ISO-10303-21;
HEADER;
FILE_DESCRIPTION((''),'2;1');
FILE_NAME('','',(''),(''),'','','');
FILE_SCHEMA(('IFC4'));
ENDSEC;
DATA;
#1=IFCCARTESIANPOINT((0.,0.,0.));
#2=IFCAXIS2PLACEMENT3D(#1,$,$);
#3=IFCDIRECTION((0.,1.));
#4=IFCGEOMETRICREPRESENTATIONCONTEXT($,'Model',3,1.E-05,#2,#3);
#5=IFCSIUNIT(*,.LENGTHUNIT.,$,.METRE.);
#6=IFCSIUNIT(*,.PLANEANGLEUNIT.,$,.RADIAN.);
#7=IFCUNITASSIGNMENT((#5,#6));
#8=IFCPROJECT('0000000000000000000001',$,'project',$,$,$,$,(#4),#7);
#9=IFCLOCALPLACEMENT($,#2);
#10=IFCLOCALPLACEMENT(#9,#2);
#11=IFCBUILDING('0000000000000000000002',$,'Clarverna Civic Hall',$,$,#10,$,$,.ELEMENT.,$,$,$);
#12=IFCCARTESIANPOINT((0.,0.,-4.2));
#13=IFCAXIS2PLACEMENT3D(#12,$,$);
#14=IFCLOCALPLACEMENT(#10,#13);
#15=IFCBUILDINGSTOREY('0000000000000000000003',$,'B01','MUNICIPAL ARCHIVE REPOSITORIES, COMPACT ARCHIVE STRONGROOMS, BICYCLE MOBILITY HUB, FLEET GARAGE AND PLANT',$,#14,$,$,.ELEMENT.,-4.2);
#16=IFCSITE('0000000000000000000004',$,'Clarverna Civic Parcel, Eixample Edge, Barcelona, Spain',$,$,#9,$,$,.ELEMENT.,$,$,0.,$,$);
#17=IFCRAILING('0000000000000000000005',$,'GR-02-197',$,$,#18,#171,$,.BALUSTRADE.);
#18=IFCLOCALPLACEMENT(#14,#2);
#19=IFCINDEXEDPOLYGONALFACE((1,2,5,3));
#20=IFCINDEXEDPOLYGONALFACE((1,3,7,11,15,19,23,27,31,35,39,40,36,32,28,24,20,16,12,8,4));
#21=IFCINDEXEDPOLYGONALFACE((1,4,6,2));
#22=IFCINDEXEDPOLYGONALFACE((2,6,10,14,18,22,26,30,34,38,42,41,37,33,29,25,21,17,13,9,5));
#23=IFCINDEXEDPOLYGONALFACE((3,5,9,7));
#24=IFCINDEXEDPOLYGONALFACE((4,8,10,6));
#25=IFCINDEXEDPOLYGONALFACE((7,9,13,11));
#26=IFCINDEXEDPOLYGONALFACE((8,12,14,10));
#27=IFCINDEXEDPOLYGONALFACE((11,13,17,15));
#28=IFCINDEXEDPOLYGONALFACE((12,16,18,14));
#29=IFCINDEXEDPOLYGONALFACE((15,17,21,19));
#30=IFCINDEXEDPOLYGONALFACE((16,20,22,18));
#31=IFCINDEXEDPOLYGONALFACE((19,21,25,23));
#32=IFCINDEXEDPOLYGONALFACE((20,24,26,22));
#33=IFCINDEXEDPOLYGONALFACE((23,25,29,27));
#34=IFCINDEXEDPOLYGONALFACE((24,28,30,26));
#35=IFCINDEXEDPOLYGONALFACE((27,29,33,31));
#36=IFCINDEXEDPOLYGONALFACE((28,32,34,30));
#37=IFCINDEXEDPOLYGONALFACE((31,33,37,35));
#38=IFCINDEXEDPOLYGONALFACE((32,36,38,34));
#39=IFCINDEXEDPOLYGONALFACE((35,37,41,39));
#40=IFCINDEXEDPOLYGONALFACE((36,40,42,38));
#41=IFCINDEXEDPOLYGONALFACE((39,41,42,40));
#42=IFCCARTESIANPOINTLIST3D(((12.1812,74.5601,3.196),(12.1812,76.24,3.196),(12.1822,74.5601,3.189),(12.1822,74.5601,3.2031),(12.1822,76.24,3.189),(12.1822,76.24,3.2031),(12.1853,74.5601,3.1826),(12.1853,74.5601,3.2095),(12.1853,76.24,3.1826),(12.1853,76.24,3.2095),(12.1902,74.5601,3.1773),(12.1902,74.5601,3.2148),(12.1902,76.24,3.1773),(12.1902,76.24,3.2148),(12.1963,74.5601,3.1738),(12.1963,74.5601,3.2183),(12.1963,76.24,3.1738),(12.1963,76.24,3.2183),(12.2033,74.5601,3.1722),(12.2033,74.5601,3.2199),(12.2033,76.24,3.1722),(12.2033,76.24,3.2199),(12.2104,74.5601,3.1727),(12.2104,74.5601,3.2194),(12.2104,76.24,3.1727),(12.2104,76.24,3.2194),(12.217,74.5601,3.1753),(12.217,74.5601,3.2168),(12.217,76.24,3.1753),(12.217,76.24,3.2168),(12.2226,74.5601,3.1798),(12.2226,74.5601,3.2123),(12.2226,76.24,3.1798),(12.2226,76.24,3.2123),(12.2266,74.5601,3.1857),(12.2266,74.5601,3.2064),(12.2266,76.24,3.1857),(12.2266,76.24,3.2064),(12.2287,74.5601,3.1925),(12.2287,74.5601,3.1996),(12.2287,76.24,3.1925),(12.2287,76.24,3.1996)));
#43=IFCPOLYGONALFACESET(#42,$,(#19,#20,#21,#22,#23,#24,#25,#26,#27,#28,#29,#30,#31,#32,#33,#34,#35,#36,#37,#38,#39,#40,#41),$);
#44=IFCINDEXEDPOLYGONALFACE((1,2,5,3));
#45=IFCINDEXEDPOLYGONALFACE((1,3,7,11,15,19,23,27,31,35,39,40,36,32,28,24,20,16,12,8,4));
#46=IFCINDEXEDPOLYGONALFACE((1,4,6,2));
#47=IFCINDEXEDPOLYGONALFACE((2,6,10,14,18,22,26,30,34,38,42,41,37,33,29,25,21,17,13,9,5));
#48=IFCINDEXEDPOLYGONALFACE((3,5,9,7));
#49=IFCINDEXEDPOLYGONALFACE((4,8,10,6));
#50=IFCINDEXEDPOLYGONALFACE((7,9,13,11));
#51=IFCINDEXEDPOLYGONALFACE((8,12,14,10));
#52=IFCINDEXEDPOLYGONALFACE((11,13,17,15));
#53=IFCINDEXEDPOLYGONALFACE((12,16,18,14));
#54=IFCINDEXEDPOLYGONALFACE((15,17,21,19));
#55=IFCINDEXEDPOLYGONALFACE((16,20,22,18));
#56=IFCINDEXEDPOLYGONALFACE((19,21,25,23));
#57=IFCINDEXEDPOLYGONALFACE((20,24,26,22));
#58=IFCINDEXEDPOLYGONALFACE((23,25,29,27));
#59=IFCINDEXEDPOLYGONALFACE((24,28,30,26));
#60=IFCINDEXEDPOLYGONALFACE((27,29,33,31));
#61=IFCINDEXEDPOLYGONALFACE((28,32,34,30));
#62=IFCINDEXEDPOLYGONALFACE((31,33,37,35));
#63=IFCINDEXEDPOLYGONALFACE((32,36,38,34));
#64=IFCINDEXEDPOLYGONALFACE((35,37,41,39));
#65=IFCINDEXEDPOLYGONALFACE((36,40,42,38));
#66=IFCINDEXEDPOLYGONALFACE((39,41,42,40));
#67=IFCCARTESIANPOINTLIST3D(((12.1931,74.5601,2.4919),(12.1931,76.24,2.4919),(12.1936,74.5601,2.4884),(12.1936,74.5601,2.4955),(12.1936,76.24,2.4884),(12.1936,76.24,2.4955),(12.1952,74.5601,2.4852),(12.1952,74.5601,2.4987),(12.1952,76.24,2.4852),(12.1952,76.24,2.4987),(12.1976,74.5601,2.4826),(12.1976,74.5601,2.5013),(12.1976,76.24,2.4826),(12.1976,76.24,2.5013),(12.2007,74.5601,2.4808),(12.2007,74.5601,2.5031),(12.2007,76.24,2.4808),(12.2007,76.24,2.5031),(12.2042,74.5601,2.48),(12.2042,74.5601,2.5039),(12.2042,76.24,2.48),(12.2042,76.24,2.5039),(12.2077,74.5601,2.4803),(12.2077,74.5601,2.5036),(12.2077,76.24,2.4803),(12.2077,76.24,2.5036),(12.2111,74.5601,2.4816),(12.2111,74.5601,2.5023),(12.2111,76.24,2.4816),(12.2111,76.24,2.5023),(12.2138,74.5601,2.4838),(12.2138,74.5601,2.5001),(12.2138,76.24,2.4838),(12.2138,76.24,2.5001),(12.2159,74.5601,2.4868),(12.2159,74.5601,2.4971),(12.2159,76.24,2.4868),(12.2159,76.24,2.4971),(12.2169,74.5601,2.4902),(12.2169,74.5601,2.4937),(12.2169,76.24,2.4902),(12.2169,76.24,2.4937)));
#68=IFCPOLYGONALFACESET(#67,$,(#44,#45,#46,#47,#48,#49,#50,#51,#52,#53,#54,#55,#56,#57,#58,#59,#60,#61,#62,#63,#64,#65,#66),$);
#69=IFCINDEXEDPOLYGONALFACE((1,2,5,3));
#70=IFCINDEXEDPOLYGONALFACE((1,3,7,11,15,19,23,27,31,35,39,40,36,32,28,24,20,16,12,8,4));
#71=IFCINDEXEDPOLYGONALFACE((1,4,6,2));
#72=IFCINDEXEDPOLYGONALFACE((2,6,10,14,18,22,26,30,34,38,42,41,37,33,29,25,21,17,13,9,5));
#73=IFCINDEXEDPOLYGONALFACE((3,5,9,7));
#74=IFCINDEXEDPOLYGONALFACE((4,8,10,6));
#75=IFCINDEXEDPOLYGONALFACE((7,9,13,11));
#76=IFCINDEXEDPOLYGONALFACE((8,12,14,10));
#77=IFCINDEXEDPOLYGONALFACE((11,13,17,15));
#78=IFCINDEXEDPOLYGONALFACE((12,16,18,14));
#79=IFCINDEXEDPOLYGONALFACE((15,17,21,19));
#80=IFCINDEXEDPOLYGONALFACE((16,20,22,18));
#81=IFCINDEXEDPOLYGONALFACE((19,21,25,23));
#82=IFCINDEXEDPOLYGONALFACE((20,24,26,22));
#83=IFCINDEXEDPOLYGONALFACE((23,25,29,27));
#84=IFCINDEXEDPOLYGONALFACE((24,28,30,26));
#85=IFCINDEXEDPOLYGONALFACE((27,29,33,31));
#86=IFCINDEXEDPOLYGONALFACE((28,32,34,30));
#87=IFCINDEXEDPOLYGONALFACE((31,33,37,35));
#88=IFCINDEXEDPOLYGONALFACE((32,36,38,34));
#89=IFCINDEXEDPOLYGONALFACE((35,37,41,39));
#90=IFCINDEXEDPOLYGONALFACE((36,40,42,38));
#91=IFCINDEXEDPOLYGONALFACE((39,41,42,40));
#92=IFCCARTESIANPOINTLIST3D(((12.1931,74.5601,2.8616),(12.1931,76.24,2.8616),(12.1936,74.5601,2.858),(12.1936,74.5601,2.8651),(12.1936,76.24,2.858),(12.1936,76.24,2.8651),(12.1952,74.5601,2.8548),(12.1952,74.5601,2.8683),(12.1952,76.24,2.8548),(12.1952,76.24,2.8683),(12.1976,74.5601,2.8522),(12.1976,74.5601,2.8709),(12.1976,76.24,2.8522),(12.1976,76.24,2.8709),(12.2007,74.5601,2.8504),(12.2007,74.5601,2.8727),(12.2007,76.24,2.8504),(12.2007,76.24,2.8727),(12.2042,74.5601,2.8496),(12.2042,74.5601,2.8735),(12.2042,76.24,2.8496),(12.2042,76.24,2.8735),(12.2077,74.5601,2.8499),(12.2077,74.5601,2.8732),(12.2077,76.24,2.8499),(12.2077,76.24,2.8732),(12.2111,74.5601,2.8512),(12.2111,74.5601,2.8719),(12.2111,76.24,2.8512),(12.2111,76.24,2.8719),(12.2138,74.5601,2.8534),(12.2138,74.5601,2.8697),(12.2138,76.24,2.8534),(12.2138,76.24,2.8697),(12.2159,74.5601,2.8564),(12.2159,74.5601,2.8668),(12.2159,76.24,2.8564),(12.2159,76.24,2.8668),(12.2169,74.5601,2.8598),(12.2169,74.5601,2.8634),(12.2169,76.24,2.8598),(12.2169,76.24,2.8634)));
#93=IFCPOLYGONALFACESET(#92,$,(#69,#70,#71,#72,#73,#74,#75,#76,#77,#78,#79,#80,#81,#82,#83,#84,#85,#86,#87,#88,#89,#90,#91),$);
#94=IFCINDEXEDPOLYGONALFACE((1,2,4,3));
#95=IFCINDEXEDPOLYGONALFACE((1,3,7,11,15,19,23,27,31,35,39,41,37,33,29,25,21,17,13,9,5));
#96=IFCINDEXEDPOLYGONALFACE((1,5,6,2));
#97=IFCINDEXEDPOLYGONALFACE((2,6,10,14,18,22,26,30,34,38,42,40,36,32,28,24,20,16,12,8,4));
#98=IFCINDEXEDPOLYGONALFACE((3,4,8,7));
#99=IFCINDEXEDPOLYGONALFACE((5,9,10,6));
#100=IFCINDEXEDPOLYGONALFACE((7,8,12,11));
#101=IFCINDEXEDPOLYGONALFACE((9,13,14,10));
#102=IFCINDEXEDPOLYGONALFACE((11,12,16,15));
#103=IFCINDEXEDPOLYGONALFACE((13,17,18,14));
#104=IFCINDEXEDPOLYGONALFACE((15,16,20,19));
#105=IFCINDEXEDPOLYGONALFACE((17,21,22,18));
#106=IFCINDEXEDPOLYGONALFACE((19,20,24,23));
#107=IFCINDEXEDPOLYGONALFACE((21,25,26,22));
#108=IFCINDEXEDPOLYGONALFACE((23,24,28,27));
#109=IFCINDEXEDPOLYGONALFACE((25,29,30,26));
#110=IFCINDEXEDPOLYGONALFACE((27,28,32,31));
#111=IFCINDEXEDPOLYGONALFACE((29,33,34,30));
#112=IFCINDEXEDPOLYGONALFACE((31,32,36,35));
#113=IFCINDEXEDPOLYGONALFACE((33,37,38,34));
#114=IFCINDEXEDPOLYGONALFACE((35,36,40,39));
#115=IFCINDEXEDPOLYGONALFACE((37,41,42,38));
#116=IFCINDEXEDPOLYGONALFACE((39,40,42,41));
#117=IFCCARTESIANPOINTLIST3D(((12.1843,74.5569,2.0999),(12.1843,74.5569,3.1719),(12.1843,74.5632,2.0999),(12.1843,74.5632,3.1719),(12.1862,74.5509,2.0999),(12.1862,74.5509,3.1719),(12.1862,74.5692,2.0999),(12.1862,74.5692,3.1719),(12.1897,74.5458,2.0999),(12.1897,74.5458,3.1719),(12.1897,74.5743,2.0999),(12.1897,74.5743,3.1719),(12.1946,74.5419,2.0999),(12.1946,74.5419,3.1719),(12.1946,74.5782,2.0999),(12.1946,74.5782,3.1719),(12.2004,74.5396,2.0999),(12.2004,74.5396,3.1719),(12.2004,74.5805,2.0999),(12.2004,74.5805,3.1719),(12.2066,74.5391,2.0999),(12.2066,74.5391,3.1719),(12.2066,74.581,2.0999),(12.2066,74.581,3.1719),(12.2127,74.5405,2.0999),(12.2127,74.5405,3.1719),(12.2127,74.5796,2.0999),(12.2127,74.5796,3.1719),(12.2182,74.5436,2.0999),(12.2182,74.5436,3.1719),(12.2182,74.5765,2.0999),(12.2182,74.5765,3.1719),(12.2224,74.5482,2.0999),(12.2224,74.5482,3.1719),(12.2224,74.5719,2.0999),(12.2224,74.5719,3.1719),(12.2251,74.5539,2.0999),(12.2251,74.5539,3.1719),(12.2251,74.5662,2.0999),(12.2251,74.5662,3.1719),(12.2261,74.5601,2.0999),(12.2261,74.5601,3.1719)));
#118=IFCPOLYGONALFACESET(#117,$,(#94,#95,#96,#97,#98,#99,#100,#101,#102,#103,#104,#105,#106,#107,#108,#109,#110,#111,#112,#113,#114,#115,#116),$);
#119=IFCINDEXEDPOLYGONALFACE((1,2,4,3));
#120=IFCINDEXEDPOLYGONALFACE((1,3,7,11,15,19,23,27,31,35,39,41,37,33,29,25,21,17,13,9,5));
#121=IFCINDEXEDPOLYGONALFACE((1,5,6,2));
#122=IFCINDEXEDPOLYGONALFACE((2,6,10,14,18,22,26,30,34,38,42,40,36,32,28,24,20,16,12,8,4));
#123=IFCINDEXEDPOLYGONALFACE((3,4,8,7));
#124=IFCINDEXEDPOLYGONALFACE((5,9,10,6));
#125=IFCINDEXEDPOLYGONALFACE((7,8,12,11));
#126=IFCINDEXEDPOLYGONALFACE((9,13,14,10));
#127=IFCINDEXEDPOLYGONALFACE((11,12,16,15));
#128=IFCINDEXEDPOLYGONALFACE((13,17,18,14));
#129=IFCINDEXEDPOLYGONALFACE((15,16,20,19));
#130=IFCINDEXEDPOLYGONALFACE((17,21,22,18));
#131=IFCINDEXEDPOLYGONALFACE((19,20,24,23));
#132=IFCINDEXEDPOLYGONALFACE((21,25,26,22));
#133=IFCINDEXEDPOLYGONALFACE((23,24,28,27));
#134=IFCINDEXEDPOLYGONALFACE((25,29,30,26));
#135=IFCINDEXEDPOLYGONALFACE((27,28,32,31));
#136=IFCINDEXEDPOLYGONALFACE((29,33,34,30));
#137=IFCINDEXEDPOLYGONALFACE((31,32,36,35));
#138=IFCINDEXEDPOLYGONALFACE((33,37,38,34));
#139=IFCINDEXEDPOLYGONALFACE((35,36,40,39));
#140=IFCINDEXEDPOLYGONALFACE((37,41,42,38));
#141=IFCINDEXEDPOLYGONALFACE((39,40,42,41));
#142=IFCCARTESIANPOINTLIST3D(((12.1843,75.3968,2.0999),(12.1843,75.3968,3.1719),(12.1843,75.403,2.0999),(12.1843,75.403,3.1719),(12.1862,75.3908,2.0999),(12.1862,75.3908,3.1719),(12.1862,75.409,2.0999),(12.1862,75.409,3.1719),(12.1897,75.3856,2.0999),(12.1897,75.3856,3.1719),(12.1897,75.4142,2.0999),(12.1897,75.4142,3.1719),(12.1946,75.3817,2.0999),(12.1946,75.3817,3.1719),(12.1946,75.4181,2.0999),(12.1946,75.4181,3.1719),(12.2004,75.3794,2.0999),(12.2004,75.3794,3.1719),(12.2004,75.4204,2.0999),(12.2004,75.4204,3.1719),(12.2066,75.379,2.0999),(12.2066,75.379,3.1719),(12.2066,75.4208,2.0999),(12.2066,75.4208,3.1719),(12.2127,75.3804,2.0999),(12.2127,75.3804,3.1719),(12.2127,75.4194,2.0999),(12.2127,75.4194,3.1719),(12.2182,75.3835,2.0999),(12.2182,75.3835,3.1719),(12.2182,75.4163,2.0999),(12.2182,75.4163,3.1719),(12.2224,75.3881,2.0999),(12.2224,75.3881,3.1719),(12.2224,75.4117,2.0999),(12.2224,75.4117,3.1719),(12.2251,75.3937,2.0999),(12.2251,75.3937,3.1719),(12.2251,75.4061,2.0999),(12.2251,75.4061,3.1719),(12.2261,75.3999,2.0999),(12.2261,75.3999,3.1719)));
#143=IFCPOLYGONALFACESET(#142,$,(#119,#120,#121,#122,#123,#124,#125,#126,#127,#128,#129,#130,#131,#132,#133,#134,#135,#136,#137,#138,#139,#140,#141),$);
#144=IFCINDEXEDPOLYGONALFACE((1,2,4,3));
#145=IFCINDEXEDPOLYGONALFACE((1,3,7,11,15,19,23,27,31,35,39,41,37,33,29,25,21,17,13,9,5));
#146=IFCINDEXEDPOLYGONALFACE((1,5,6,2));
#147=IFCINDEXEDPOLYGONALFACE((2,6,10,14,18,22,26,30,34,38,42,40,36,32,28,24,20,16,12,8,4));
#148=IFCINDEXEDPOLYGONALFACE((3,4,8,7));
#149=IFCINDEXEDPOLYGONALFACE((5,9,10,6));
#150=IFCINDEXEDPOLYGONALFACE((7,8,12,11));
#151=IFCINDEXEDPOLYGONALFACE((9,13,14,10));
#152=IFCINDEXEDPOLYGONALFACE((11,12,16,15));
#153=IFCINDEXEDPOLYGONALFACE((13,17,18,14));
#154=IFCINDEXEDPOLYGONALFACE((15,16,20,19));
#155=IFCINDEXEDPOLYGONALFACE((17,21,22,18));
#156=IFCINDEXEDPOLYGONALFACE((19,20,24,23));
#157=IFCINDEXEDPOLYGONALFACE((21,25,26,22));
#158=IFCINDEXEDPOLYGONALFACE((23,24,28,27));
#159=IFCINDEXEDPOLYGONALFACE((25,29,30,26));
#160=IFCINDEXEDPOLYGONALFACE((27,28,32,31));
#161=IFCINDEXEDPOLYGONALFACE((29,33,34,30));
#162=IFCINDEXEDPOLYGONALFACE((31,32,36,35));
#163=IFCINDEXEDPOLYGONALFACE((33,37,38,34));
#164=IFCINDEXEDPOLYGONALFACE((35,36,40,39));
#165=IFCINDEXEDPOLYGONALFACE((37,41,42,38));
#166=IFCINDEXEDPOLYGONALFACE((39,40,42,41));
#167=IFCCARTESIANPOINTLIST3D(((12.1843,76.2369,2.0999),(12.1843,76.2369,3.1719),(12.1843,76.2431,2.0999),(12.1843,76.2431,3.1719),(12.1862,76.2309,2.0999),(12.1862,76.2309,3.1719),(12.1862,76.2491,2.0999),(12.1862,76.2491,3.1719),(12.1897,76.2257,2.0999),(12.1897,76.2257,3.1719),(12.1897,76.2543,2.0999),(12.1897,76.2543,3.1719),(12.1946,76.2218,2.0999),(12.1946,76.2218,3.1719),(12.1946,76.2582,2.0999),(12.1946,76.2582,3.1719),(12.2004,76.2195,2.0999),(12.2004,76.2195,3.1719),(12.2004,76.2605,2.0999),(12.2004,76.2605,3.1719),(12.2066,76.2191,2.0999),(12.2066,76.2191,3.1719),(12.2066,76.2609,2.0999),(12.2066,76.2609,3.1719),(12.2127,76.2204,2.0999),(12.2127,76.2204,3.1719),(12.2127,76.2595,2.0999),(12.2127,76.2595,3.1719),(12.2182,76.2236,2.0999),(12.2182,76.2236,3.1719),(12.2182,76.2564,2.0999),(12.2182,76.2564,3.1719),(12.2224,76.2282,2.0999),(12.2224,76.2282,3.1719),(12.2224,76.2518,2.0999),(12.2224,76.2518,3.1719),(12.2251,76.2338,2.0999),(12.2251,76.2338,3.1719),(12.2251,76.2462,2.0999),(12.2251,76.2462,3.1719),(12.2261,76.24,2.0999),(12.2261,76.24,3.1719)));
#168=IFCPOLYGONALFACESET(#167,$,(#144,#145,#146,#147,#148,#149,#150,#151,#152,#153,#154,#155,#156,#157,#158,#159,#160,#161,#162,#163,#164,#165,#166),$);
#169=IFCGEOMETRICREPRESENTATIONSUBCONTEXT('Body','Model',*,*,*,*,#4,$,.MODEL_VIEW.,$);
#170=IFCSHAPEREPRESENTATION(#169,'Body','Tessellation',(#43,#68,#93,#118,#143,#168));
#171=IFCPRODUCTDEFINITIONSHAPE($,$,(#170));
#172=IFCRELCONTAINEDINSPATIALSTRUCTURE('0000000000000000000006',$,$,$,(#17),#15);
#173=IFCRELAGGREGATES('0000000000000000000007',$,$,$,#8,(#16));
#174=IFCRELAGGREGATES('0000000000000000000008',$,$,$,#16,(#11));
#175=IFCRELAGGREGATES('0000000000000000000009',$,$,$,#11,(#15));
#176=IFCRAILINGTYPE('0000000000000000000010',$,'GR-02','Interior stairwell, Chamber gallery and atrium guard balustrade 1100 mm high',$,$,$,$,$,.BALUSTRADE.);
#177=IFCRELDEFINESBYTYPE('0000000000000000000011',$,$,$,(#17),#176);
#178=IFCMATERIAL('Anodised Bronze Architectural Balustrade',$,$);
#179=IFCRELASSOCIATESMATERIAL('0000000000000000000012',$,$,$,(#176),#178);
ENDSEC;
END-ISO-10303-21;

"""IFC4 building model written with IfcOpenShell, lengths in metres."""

from ifc_helpers import new_model, si_unit, direction, frame, origin, origin_2d, place, context, subcontext, project, spatial, circle, extrude, material, type_object, element, save


model = new_model("IFC4")

# Units and contexts
model_context = context("Model", 3, precision=1e-05, world=origin(), true_north=direction((0.0, 1.0)))
body_context = subcontext(model_context, "Body", "Model", "MODEL_VIEW")
ifc_project = project(units=[si_unit("LENGTHUNIT", "METRE"), si_unit("PLANEANGLEUNIT", "RADIAN")], contexts=[model_context])

# Site, building, storey
site_placement = place(None, origin())
site = spatial("IfcSite", under=ifc_project, at=site_placement, Name="Clarverna Civic Parcel, Eixample Edge, Barcelona, Spain", CompositionType="ELEMENT", RefElevation=0.0)
building_placement = place(site_placement, origin())
building = spatial("IfcBuilding", under=site, at=building_placement, Name="Clarverna Civic Hall", CompositionType="ELEMENT")
storey_placement = place(building_placement, frame((0.0, 0.0, -4.2)))
storey = spatial("IfcBuildingStorey", under=building, at=storey_placement, Name="B01", Description="MUNICIPAL ARCHIVE REPOSITORIES, COMPACT ARCHIVE STRONGROOMS, BICYCLE MOBILITY HUB, FLEET GARAGE AND PLANT", CompositionType="ELEMENT", Elevation=-4.2)

# Railing
ifc_material_1 = material(Name="Anodised Bronze Architectural Balustrade")
railing_type_1 = type_object("IfcRailingType", Name="GR-02", Description="Interior stairwell, Chamber gallery and atrium guard balustrade 1100 mm high", PredefinedType="BALUSTRADE", material=ifc_material_1)
railing_1_placement = place(storey_placement, frame((12.2051, 74.5601, 2.0999)))
element("IfcRailing", 1, at=railing_1_placement, inside=storey, type_object=railing_type_1, Name="GR-02-197", PredefinedType="BALUSTRADE", context=body_context, shape_type="SweptSolid", body=[
    extrude(circle(Radius=0.0239, at=origin_2d()), frame((0.0, 0.0, 1.0962), z_axis=(0.0, 1.0, 0.0), x_axis=(-1.0, 0.0, 0.0)), (0.0, 0.0, 1.0), 1.6799),
    extrude(circle(Radius=0.012, at=origin_2d()), frame((0.0, 0.0, 0.3921), z_axis=(0.0, 1.0, 0.0), x_axis=(-1.0, 0.0, 0.0)), (0.0, 0.0, 1.0), 1.6799),
    extrude(circle(Radius=0.012, at=origin_2d()), frame((0.0, 0.0, 0.7617), z_axis=(0.0, 1.0, 0.0), x_axis=(-1.0, 0.0, 0.0)), (0.0, 0.0, 1.0), 1.6799),
    extrude(circle(Radius=0.021, at=origin_2d()), origin(), (0.0, 0.0, 1.0), 1.072),
    extrude(circle(Radius=0.021, at=origin_2d()), frame((0.0, 0.8398, 0.0)), (0.0, 0.0, 1.0), 1.072),
    extrude(circle(Radius=0.021, at=origin_2d()), frame((0.0, 1.6799, 0.0)), (0.0, 0.0, 1.0), 1.072),
])

save(model, "model.ifc")
